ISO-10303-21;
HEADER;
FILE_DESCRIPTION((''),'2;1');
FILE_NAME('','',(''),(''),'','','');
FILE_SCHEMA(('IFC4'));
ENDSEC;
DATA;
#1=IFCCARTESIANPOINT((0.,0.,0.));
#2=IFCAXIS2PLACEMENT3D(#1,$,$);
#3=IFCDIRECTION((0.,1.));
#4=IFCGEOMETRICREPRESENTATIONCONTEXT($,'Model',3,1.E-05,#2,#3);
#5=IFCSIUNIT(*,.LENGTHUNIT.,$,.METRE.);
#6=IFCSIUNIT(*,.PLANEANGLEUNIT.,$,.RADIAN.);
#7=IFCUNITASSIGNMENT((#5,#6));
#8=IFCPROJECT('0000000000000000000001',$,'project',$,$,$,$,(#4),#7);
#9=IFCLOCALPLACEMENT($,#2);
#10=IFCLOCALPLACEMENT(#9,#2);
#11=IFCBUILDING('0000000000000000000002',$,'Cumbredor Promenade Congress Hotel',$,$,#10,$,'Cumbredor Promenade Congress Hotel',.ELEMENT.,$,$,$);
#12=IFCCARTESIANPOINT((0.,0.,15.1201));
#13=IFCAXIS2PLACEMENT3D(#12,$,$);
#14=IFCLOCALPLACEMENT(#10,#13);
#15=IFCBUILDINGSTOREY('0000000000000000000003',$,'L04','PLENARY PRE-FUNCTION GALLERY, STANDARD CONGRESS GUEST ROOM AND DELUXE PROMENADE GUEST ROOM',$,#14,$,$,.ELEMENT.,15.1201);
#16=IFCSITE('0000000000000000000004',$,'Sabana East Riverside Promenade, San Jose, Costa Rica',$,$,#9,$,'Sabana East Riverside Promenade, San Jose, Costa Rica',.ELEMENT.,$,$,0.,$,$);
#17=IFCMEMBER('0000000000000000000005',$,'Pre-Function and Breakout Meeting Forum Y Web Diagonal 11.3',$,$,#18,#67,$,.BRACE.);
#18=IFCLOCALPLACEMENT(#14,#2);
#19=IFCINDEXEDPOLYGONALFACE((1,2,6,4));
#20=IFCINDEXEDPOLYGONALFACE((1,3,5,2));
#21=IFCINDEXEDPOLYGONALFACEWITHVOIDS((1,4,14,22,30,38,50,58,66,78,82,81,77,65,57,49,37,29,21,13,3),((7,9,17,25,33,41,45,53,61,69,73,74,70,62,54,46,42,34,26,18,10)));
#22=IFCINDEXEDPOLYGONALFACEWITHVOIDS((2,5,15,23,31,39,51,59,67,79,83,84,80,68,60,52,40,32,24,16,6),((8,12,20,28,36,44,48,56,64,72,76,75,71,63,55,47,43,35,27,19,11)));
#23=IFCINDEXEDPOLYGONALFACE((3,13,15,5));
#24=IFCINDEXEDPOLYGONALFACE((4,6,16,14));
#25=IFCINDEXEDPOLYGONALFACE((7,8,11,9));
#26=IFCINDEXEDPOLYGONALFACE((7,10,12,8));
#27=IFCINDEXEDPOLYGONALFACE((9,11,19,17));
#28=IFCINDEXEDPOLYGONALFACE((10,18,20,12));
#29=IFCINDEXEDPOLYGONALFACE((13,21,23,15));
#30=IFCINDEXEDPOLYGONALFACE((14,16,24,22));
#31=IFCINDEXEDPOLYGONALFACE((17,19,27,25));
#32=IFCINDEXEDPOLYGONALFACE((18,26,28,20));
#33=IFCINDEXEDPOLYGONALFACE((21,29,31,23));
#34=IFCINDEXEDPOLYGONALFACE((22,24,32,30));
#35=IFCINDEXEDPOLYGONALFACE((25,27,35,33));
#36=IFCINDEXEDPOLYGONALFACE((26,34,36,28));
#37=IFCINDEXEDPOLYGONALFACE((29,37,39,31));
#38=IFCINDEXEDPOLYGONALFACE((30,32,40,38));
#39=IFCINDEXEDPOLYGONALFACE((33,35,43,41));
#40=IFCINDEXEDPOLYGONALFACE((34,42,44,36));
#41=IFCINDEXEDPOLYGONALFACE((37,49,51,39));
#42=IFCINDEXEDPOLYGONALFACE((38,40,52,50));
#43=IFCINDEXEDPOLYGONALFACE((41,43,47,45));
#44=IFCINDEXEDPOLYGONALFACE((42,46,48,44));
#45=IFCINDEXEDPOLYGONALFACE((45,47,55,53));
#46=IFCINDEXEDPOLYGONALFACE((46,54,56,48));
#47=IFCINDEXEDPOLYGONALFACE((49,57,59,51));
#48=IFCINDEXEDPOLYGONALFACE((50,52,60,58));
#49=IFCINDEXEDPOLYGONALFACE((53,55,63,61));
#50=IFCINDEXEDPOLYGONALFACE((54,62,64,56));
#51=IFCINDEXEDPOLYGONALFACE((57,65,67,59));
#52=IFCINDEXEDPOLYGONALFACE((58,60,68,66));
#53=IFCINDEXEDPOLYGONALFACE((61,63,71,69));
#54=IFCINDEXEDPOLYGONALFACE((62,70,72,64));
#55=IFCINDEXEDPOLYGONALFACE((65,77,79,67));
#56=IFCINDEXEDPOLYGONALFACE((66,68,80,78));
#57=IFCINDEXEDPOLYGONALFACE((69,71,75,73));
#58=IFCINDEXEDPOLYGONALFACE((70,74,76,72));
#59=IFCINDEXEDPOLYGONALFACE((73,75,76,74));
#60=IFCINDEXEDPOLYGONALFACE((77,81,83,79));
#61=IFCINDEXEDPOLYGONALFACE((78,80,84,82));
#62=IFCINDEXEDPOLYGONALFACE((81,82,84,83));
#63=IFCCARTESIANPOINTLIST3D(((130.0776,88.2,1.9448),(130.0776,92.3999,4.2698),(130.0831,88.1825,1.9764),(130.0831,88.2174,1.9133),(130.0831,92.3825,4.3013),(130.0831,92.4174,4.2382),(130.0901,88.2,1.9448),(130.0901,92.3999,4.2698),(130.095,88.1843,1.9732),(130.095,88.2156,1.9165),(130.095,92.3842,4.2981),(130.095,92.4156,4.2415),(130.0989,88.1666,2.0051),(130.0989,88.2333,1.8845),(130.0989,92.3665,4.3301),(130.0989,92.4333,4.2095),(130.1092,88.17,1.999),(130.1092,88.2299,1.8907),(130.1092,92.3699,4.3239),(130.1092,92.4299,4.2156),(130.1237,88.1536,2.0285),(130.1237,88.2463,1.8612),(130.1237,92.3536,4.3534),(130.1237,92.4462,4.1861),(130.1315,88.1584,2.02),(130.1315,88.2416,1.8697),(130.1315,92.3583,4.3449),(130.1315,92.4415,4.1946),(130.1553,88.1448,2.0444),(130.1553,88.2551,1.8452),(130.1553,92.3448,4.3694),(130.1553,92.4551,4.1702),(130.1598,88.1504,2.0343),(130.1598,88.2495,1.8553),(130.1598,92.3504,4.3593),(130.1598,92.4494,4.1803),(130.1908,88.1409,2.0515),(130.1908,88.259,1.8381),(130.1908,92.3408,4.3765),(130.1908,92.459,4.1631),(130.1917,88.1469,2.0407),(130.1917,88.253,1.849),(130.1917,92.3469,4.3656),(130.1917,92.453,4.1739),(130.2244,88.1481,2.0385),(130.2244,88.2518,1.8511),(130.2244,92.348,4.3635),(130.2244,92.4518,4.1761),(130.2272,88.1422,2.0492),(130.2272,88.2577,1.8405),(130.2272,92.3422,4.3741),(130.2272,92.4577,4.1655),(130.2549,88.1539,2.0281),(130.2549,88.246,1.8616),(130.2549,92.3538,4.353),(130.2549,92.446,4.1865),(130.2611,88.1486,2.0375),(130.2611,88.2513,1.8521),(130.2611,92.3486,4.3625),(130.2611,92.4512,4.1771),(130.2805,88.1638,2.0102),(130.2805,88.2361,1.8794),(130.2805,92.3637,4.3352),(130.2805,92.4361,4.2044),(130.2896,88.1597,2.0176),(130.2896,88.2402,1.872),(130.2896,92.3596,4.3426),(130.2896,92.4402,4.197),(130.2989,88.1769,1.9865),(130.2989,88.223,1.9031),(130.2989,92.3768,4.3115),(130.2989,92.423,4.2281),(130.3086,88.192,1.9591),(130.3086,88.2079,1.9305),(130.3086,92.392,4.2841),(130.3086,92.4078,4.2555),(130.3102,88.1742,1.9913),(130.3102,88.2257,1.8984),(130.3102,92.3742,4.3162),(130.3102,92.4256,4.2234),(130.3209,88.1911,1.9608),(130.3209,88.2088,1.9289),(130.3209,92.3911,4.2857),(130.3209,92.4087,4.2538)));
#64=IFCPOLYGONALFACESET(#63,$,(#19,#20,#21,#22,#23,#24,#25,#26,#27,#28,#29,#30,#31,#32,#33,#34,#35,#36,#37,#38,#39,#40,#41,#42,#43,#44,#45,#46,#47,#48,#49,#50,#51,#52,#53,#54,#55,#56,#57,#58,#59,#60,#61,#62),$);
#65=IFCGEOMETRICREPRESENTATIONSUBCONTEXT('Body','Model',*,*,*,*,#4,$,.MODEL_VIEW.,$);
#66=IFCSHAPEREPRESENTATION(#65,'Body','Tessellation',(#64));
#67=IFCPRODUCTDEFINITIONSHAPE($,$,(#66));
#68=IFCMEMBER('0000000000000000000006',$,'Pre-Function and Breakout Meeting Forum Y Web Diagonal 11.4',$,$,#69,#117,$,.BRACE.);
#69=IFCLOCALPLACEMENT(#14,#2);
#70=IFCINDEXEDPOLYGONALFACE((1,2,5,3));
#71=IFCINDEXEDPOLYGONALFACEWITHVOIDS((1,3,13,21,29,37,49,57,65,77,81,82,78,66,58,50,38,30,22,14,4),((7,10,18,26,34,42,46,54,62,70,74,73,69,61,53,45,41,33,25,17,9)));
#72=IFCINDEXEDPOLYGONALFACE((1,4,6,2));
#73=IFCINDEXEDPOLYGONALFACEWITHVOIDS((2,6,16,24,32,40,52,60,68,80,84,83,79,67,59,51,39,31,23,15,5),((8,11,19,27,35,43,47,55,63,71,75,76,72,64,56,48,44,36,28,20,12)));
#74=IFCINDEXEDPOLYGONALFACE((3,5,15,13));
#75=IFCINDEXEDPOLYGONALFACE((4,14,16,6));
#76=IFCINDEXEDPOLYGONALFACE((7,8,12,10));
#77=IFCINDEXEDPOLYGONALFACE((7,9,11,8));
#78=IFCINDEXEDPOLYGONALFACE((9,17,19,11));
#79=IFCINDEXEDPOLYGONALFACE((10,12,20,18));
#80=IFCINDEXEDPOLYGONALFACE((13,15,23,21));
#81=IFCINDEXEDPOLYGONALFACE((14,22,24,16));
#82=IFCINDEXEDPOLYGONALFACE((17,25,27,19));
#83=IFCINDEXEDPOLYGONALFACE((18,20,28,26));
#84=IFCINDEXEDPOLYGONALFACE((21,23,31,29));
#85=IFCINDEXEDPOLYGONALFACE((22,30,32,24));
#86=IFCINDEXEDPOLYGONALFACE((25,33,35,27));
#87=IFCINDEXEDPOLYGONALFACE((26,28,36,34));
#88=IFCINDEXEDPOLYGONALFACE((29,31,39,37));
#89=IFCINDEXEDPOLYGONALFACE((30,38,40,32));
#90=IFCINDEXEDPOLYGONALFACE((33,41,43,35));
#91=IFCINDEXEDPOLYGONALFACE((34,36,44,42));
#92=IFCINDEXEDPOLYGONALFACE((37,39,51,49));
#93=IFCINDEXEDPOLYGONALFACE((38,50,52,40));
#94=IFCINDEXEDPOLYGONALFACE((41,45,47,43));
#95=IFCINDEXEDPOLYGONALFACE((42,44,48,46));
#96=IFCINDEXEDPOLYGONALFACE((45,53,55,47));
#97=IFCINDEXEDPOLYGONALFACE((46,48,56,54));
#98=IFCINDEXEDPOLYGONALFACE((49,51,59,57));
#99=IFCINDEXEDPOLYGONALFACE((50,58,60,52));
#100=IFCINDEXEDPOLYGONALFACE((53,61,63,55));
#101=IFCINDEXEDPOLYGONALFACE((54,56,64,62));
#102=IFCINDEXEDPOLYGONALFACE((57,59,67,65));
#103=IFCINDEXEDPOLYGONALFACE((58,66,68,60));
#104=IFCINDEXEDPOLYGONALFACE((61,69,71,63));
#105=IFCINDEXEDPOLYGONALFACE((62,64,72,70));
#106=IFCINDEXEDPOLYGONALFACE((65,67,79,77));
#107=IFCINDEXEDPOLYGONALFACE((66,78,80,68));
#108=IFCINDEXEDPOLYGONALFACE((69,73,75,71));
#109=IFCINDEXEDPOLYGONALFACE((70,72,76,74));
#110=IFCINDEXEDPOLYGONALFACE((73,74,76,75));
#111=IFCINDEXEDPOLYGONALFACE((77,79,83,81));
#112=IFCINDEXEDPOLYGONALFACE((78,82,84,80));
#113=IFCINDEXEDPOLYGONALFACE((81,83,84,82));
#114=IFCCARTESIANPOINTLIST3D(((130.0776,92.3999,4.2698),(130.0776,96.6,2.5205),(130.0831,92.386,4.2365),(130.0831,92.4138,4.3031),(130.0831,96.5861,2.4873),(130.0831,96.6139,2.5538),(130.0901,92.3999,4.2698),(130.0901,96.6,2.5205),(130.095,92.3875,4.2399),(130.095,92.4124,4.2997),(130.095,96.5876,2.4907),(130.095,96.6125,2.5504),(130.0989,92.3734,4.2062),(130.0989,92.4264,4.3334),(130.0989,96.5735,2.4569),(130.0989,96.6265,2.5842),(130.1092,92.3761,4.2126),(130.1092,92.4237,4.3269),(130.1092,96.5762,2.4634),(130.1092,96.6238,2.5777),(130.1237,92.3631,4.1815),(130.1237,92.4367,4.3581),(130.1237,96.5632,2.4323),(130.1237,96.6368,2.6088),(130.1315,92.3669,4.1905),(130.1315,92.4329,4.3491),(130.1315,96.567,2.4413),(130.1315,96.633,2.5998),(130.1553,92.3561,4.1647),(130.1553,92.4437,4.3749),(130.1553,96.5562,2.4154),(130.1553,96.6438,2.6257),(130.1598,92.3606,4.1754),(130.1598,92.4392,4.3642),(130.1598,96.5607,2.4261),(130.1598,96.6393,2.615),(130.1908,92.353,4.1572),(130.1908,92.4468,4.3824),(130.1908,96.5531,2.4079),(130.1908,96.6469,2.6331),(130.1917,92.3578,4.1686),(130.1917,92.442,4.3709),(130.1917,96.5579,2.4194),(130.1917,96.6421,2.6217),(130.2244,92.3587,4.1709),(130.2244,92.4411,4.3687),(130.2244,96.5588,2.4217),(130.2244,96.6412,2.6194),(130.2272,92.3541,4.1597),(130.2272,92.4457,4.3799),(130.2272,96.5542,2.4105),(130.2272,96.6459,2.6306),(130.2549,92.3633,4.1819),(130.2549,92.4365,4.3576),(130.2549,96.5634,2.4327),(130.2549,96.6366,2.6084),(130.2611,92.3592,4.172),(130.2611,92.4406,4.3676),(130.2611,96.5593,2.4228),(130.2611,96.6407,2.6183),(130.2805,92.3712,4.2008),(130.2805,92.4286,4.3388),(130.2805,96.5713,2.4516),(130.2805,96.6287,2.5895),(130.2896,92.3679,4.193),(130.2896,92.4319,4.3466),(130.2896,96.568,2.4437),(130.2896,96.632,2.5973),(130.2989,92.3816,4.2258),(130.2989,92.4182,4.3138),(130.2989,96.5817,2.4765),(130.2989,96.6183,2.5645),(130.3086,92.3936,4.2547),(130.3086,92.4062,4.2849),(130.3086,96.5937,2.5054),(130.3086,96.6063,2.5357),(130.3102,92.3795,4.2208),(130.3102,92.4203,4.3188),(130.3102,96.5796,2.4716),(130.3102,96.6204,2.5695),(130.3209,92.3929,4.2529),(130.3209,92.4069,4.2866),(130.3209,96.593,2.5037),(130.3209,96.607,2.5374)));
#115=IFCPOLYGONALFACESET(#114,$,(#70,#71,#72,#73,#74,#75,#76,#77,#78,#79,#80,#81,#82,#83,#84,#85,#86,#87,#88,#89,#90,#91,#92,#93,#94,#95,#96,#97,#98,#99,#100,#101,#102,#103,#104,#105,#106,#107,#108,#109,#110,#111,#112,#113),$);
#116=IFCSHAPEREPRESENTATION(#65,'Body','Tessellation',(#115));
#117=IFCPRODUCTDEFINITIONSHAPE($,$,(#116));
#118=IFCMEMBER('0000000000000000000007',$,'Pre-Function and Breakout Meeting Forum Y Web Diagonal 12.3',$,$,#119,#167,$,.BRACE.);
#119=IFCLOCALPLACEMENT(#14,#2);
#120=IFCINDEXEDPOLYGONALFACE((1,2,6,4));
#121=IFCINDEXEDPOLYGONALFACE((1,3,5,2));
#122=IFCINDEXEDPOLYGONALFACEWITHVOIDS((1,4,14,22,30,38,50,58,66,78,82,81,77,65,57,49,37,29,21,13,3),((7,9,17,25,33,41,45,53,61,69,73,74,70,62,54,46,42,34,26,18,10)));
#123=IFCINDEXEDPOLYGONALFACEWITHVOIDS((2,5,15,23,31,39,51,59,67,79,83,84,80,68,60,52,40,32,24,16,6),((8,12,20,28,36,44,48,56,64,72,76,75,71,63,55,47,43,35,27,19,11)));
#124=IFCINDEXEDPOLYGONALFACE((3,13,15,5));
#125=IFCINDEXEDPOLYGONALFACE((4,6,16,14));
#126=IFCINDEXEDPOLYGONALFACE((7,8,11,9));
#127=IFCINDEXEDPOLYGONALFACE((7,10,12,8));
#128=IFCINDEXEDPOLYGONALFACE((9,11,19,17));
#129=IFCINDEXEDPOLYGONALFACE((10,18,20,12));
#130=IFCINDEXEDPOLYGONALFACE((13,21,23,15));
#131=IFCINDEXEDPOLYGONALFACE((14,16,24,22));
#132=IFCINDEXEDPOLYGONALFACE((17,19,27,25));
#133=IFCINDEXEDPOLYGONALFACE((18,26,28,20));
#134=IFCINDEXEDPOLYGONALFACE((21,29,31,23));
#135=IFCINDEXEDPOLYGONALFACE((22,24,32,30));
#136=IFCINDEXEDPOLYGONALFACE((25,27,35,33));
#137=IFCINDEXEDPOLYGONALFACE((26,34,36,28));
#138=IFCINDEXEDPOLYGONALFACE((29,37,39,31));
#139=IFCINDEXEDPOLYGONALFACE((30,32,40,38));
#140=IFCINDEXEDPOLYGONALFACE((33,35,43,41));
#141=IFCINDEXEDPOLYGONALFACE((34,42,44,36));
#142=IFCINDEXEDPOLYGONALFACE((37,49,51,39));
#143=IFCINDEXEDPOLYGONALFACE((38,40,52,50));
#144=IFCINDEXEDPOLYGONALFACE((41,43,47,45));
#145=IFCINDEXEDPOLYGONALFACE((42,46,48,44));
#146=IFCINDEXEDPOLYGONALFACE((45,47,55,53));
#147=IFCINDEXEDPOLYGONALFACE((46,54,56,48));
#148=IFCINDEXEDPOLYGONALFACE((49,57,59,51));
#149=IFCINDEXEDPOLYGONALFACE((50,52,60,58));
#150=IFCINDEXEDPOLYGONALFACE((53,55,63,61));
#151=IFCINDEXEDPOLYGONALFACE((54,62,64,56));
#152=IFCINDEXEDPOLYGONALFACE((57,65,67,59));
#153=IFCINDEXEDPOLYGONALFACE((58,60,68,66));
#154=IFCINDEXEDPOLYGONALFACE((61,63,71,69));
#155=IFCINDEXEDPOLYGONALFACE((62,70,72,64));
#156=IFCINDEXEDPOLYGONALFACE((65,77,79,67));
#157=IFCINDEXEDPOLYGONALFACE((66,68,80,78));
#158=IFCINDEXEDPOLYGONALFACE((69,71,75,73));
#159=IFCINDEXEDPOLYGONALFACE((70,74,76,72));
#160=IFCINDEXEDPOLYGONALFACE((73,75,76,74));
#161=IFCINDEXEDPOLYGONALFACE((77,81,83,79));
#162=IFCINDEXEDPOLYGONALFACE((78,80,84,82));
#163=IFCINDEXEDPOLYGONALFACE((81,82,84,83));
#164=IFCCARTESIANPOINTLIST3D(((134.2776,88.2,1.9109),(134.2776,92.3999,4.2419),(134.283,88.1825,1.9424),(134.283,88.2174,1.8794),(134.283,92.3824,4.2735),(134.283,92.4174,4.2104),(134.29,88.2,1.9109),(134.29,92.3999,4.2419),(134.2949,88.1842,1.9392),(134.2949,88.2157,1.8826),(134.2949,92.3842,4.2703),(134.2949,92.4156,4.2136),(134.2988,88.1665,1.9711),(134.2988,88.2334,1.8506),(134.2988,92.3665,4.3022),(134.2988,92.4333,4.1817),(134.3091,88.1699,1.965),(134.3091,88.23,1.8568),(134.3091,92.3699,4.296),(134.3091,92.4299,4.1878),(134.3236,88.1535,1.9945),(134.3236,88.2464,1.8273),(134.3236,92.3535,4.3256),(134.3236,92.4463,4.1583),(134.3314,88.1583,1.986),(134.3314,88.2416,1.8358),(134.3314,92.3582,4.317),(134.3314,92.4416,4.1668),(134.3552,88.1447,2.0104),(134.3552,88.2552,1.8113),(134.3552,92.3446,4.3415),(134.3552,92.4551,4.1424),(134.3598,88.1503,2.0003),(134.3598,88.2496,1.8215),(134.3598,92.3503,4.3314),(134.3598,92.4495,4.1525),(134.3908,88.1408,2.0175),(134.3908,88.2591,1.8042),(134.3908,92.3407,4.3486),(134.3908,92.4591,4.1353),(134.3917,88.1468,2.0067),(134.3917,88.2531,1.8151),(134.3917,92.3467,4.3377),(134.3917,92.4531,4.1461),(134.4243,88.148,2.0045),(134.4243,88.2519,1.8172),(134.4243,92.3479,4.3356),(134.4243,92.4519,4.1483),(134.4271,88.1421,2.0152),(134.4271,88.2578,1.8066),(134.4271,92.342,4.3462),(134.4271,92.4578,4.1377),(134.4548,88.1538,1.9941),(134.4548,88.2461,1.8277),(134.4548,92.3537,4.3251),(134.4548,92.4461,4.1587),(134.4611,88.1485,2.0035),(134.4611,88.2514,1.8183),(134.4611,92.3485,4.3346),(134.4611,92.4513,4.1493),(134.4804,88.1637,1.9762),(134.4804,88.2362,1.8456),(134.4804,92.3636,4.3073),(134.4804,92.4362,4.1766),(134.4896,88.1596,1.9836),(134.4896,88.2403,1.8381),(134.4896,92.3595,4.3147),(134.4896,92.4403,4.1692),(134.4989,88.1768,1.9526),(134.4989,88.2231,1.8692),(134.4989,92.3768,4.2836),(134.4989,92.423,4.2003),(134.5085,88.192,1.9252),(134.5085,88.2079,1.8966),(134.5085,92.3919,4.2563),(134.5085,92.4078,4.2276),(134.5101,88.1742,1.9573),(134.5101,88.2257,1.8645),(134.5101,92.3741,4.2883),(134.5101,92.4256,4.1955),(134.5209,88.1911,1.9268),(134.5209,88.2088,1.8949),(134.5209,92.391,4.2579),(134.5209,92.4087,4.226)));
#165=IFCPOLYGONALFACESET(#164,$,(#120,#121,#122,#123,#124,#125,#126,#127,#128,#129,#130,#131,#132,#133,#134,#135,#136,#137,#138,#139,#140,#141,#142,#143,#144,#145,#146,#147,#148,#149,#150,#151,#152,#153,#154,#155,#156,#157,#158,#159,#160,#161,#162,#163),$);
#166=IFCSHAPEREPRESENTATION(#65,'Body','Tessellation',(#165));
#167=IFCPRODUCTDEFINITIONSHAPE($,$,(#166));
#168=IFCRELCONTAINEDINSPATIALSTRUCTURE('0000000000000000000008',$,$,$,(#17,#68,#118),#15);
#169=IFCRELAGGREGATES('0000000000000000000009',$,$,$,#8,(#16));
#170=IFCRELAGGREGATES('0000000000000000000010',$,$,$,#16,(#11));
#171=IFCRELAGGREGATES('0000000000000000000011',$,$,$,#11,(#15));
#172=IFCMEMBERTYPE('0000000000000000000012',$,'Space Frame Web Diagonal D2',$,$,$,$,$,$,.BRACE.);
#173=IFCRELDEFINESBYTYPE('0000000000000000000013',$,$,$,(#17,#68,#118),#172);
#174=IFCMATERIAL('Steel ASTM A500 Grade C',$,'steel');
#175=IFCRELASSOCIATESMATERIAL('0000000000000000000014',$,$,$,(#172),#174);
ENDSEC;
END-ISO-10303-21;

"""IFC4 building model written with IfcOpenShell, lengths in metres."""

from ifc_helpers import new_model, si_unit, direction, frame, origin, origin_2d, place, context, subcontext, project, spatial, hollow_circle, extrude, material, material_profile, profile_set, type_object, element, save


model = new_model("IFC4")

# Units and contexts
model_context = context("Model", 3, precision=1e-05, world=origin(), true_north=direction((0.0, 1.0)))
body_context = subcontext(model_context, "Body", "Model", "MODEL_VIEW")
ifc_project = project(units=[si_unit("LENGTHUNIT", "METRE"), si_unit("PLANEANGLEUNIT", "RADIAN")], contexts=[model_context])

# Site, building, storey
site_placement = place(None, origin())
site = spatial("IfcSite", under=ifc_project, at=site_placement, Name="Sabana East Riverside Promenade, San Jose, Costa Rica", LongName="Sabana East Riverside Promenade, San Jose, Costa Rica", CompositionType="ELEMENT", RefElevation=0.0)
building_placement = place(site_placement, origin())
building = spatial("IfcBuilding", under=site, at=building_placement, Name="Cumbredor Promenade Congress Hotel", LongName="Cumbredor Promenade Congress Hotel", CompositionType="ELEMENT")
storey_placement = place(building_placement, frame((0.0, 0.0, 15.1201)))
storey = spatial("IfcBuildingStorey", under=building, at=storey_placement, Name="L04", Description="PLENARY PRE-FUNCTION GALLERY, STANDARD CONGRESS GUEST ROOM AND DELUXE PROMENADE GUEST ROOM", CompositionType="ELEMENT", Elevation=15.1201)

# Members
ifc_material_1 = material(Name="Steel ASTM A500 Grade C", Category="steel")
ifc_material_profile_1 = material_profile(ifc_material_1, hollow_circle(Radius=0.1223, WallThickness=0.0125, at=origin_2d()), Name="CHS 244.5x12.5")
ifc_profile_set_1 = profile_set([ifc_material_profile_1], Name="Steel ASTM A500 Grade C")
member_type_1 = type_object("IfcMemberType", Name="Space Frame Web Diagonal D2", PredefinedType="BRACE", material=ifc_profile_set_1)
member_1_placement = place(storey_placement, frame((130.2, 88.2, 1.9448), z_axis=(0.0, 0.874895, 0.484312), x_axis=(-1.0, 0.0, 0.0)))
element("IfcMember", 1, at=member_1_placement, inside=storey, type_object=member_type_1, Name="Pre-Function and Breakout Meeting Forum Y Web Diagonal 11.3", PredefinedType="BRACE", context=body_context, shape_type="SweptSolid", body=[
    extrude(hollow_circle(Radius=0.1223, WallThickness=0.0125, at=origin_2d()), origin(), (0.0, 0.0, 1.0), 4.8005),
])
member_2_placement = place(storey_placement, frame((130.2, 92.3999, 4.2698), z_axis=(0.0, 0.92314, -0.384463), x_axis=(-1.0, 0.0, 0.0)))
element("IfcMember", 2, at=member_2_placement, inside=storey, type_object=member_type_1, Name="Pre-Function and Breakout Meeting Forum Y Web Diagonal 11.4", PredefinedType="BRACE", context=body_context, shape_type="SweptSolid", body=[
    extrude(hollow_circle(Radius=0.1223, WallThickness=0.0125, at=origin_2d()), origin(), (0.0, 0.0, 1.0), 4.5498),
])
member_3_placement = place(storey_placement, frame((134.3999, 88.2, 1.9109), z_axis=(0.0, 0.874356, 0.485285), x_axis=(-1.0, 0.0, 0.0)))
element("IfcMember", 3, at=member_3_placement, inside=storey, type_object=member_type_1, Name="Pre-Function and Breakout Meeting Forum Y Web Diagonal 12.3", PredefinedType="BRACE", context=body_context, shape_type="SweptSolid", body=[
    extrude(hollow_circle(Radius=0.1223, WallThickness=0.0125, at=origin_2d()), origin(), (0.0, 0.0, 1.0), 4.8035),
])

save(model, "model.ifc")
